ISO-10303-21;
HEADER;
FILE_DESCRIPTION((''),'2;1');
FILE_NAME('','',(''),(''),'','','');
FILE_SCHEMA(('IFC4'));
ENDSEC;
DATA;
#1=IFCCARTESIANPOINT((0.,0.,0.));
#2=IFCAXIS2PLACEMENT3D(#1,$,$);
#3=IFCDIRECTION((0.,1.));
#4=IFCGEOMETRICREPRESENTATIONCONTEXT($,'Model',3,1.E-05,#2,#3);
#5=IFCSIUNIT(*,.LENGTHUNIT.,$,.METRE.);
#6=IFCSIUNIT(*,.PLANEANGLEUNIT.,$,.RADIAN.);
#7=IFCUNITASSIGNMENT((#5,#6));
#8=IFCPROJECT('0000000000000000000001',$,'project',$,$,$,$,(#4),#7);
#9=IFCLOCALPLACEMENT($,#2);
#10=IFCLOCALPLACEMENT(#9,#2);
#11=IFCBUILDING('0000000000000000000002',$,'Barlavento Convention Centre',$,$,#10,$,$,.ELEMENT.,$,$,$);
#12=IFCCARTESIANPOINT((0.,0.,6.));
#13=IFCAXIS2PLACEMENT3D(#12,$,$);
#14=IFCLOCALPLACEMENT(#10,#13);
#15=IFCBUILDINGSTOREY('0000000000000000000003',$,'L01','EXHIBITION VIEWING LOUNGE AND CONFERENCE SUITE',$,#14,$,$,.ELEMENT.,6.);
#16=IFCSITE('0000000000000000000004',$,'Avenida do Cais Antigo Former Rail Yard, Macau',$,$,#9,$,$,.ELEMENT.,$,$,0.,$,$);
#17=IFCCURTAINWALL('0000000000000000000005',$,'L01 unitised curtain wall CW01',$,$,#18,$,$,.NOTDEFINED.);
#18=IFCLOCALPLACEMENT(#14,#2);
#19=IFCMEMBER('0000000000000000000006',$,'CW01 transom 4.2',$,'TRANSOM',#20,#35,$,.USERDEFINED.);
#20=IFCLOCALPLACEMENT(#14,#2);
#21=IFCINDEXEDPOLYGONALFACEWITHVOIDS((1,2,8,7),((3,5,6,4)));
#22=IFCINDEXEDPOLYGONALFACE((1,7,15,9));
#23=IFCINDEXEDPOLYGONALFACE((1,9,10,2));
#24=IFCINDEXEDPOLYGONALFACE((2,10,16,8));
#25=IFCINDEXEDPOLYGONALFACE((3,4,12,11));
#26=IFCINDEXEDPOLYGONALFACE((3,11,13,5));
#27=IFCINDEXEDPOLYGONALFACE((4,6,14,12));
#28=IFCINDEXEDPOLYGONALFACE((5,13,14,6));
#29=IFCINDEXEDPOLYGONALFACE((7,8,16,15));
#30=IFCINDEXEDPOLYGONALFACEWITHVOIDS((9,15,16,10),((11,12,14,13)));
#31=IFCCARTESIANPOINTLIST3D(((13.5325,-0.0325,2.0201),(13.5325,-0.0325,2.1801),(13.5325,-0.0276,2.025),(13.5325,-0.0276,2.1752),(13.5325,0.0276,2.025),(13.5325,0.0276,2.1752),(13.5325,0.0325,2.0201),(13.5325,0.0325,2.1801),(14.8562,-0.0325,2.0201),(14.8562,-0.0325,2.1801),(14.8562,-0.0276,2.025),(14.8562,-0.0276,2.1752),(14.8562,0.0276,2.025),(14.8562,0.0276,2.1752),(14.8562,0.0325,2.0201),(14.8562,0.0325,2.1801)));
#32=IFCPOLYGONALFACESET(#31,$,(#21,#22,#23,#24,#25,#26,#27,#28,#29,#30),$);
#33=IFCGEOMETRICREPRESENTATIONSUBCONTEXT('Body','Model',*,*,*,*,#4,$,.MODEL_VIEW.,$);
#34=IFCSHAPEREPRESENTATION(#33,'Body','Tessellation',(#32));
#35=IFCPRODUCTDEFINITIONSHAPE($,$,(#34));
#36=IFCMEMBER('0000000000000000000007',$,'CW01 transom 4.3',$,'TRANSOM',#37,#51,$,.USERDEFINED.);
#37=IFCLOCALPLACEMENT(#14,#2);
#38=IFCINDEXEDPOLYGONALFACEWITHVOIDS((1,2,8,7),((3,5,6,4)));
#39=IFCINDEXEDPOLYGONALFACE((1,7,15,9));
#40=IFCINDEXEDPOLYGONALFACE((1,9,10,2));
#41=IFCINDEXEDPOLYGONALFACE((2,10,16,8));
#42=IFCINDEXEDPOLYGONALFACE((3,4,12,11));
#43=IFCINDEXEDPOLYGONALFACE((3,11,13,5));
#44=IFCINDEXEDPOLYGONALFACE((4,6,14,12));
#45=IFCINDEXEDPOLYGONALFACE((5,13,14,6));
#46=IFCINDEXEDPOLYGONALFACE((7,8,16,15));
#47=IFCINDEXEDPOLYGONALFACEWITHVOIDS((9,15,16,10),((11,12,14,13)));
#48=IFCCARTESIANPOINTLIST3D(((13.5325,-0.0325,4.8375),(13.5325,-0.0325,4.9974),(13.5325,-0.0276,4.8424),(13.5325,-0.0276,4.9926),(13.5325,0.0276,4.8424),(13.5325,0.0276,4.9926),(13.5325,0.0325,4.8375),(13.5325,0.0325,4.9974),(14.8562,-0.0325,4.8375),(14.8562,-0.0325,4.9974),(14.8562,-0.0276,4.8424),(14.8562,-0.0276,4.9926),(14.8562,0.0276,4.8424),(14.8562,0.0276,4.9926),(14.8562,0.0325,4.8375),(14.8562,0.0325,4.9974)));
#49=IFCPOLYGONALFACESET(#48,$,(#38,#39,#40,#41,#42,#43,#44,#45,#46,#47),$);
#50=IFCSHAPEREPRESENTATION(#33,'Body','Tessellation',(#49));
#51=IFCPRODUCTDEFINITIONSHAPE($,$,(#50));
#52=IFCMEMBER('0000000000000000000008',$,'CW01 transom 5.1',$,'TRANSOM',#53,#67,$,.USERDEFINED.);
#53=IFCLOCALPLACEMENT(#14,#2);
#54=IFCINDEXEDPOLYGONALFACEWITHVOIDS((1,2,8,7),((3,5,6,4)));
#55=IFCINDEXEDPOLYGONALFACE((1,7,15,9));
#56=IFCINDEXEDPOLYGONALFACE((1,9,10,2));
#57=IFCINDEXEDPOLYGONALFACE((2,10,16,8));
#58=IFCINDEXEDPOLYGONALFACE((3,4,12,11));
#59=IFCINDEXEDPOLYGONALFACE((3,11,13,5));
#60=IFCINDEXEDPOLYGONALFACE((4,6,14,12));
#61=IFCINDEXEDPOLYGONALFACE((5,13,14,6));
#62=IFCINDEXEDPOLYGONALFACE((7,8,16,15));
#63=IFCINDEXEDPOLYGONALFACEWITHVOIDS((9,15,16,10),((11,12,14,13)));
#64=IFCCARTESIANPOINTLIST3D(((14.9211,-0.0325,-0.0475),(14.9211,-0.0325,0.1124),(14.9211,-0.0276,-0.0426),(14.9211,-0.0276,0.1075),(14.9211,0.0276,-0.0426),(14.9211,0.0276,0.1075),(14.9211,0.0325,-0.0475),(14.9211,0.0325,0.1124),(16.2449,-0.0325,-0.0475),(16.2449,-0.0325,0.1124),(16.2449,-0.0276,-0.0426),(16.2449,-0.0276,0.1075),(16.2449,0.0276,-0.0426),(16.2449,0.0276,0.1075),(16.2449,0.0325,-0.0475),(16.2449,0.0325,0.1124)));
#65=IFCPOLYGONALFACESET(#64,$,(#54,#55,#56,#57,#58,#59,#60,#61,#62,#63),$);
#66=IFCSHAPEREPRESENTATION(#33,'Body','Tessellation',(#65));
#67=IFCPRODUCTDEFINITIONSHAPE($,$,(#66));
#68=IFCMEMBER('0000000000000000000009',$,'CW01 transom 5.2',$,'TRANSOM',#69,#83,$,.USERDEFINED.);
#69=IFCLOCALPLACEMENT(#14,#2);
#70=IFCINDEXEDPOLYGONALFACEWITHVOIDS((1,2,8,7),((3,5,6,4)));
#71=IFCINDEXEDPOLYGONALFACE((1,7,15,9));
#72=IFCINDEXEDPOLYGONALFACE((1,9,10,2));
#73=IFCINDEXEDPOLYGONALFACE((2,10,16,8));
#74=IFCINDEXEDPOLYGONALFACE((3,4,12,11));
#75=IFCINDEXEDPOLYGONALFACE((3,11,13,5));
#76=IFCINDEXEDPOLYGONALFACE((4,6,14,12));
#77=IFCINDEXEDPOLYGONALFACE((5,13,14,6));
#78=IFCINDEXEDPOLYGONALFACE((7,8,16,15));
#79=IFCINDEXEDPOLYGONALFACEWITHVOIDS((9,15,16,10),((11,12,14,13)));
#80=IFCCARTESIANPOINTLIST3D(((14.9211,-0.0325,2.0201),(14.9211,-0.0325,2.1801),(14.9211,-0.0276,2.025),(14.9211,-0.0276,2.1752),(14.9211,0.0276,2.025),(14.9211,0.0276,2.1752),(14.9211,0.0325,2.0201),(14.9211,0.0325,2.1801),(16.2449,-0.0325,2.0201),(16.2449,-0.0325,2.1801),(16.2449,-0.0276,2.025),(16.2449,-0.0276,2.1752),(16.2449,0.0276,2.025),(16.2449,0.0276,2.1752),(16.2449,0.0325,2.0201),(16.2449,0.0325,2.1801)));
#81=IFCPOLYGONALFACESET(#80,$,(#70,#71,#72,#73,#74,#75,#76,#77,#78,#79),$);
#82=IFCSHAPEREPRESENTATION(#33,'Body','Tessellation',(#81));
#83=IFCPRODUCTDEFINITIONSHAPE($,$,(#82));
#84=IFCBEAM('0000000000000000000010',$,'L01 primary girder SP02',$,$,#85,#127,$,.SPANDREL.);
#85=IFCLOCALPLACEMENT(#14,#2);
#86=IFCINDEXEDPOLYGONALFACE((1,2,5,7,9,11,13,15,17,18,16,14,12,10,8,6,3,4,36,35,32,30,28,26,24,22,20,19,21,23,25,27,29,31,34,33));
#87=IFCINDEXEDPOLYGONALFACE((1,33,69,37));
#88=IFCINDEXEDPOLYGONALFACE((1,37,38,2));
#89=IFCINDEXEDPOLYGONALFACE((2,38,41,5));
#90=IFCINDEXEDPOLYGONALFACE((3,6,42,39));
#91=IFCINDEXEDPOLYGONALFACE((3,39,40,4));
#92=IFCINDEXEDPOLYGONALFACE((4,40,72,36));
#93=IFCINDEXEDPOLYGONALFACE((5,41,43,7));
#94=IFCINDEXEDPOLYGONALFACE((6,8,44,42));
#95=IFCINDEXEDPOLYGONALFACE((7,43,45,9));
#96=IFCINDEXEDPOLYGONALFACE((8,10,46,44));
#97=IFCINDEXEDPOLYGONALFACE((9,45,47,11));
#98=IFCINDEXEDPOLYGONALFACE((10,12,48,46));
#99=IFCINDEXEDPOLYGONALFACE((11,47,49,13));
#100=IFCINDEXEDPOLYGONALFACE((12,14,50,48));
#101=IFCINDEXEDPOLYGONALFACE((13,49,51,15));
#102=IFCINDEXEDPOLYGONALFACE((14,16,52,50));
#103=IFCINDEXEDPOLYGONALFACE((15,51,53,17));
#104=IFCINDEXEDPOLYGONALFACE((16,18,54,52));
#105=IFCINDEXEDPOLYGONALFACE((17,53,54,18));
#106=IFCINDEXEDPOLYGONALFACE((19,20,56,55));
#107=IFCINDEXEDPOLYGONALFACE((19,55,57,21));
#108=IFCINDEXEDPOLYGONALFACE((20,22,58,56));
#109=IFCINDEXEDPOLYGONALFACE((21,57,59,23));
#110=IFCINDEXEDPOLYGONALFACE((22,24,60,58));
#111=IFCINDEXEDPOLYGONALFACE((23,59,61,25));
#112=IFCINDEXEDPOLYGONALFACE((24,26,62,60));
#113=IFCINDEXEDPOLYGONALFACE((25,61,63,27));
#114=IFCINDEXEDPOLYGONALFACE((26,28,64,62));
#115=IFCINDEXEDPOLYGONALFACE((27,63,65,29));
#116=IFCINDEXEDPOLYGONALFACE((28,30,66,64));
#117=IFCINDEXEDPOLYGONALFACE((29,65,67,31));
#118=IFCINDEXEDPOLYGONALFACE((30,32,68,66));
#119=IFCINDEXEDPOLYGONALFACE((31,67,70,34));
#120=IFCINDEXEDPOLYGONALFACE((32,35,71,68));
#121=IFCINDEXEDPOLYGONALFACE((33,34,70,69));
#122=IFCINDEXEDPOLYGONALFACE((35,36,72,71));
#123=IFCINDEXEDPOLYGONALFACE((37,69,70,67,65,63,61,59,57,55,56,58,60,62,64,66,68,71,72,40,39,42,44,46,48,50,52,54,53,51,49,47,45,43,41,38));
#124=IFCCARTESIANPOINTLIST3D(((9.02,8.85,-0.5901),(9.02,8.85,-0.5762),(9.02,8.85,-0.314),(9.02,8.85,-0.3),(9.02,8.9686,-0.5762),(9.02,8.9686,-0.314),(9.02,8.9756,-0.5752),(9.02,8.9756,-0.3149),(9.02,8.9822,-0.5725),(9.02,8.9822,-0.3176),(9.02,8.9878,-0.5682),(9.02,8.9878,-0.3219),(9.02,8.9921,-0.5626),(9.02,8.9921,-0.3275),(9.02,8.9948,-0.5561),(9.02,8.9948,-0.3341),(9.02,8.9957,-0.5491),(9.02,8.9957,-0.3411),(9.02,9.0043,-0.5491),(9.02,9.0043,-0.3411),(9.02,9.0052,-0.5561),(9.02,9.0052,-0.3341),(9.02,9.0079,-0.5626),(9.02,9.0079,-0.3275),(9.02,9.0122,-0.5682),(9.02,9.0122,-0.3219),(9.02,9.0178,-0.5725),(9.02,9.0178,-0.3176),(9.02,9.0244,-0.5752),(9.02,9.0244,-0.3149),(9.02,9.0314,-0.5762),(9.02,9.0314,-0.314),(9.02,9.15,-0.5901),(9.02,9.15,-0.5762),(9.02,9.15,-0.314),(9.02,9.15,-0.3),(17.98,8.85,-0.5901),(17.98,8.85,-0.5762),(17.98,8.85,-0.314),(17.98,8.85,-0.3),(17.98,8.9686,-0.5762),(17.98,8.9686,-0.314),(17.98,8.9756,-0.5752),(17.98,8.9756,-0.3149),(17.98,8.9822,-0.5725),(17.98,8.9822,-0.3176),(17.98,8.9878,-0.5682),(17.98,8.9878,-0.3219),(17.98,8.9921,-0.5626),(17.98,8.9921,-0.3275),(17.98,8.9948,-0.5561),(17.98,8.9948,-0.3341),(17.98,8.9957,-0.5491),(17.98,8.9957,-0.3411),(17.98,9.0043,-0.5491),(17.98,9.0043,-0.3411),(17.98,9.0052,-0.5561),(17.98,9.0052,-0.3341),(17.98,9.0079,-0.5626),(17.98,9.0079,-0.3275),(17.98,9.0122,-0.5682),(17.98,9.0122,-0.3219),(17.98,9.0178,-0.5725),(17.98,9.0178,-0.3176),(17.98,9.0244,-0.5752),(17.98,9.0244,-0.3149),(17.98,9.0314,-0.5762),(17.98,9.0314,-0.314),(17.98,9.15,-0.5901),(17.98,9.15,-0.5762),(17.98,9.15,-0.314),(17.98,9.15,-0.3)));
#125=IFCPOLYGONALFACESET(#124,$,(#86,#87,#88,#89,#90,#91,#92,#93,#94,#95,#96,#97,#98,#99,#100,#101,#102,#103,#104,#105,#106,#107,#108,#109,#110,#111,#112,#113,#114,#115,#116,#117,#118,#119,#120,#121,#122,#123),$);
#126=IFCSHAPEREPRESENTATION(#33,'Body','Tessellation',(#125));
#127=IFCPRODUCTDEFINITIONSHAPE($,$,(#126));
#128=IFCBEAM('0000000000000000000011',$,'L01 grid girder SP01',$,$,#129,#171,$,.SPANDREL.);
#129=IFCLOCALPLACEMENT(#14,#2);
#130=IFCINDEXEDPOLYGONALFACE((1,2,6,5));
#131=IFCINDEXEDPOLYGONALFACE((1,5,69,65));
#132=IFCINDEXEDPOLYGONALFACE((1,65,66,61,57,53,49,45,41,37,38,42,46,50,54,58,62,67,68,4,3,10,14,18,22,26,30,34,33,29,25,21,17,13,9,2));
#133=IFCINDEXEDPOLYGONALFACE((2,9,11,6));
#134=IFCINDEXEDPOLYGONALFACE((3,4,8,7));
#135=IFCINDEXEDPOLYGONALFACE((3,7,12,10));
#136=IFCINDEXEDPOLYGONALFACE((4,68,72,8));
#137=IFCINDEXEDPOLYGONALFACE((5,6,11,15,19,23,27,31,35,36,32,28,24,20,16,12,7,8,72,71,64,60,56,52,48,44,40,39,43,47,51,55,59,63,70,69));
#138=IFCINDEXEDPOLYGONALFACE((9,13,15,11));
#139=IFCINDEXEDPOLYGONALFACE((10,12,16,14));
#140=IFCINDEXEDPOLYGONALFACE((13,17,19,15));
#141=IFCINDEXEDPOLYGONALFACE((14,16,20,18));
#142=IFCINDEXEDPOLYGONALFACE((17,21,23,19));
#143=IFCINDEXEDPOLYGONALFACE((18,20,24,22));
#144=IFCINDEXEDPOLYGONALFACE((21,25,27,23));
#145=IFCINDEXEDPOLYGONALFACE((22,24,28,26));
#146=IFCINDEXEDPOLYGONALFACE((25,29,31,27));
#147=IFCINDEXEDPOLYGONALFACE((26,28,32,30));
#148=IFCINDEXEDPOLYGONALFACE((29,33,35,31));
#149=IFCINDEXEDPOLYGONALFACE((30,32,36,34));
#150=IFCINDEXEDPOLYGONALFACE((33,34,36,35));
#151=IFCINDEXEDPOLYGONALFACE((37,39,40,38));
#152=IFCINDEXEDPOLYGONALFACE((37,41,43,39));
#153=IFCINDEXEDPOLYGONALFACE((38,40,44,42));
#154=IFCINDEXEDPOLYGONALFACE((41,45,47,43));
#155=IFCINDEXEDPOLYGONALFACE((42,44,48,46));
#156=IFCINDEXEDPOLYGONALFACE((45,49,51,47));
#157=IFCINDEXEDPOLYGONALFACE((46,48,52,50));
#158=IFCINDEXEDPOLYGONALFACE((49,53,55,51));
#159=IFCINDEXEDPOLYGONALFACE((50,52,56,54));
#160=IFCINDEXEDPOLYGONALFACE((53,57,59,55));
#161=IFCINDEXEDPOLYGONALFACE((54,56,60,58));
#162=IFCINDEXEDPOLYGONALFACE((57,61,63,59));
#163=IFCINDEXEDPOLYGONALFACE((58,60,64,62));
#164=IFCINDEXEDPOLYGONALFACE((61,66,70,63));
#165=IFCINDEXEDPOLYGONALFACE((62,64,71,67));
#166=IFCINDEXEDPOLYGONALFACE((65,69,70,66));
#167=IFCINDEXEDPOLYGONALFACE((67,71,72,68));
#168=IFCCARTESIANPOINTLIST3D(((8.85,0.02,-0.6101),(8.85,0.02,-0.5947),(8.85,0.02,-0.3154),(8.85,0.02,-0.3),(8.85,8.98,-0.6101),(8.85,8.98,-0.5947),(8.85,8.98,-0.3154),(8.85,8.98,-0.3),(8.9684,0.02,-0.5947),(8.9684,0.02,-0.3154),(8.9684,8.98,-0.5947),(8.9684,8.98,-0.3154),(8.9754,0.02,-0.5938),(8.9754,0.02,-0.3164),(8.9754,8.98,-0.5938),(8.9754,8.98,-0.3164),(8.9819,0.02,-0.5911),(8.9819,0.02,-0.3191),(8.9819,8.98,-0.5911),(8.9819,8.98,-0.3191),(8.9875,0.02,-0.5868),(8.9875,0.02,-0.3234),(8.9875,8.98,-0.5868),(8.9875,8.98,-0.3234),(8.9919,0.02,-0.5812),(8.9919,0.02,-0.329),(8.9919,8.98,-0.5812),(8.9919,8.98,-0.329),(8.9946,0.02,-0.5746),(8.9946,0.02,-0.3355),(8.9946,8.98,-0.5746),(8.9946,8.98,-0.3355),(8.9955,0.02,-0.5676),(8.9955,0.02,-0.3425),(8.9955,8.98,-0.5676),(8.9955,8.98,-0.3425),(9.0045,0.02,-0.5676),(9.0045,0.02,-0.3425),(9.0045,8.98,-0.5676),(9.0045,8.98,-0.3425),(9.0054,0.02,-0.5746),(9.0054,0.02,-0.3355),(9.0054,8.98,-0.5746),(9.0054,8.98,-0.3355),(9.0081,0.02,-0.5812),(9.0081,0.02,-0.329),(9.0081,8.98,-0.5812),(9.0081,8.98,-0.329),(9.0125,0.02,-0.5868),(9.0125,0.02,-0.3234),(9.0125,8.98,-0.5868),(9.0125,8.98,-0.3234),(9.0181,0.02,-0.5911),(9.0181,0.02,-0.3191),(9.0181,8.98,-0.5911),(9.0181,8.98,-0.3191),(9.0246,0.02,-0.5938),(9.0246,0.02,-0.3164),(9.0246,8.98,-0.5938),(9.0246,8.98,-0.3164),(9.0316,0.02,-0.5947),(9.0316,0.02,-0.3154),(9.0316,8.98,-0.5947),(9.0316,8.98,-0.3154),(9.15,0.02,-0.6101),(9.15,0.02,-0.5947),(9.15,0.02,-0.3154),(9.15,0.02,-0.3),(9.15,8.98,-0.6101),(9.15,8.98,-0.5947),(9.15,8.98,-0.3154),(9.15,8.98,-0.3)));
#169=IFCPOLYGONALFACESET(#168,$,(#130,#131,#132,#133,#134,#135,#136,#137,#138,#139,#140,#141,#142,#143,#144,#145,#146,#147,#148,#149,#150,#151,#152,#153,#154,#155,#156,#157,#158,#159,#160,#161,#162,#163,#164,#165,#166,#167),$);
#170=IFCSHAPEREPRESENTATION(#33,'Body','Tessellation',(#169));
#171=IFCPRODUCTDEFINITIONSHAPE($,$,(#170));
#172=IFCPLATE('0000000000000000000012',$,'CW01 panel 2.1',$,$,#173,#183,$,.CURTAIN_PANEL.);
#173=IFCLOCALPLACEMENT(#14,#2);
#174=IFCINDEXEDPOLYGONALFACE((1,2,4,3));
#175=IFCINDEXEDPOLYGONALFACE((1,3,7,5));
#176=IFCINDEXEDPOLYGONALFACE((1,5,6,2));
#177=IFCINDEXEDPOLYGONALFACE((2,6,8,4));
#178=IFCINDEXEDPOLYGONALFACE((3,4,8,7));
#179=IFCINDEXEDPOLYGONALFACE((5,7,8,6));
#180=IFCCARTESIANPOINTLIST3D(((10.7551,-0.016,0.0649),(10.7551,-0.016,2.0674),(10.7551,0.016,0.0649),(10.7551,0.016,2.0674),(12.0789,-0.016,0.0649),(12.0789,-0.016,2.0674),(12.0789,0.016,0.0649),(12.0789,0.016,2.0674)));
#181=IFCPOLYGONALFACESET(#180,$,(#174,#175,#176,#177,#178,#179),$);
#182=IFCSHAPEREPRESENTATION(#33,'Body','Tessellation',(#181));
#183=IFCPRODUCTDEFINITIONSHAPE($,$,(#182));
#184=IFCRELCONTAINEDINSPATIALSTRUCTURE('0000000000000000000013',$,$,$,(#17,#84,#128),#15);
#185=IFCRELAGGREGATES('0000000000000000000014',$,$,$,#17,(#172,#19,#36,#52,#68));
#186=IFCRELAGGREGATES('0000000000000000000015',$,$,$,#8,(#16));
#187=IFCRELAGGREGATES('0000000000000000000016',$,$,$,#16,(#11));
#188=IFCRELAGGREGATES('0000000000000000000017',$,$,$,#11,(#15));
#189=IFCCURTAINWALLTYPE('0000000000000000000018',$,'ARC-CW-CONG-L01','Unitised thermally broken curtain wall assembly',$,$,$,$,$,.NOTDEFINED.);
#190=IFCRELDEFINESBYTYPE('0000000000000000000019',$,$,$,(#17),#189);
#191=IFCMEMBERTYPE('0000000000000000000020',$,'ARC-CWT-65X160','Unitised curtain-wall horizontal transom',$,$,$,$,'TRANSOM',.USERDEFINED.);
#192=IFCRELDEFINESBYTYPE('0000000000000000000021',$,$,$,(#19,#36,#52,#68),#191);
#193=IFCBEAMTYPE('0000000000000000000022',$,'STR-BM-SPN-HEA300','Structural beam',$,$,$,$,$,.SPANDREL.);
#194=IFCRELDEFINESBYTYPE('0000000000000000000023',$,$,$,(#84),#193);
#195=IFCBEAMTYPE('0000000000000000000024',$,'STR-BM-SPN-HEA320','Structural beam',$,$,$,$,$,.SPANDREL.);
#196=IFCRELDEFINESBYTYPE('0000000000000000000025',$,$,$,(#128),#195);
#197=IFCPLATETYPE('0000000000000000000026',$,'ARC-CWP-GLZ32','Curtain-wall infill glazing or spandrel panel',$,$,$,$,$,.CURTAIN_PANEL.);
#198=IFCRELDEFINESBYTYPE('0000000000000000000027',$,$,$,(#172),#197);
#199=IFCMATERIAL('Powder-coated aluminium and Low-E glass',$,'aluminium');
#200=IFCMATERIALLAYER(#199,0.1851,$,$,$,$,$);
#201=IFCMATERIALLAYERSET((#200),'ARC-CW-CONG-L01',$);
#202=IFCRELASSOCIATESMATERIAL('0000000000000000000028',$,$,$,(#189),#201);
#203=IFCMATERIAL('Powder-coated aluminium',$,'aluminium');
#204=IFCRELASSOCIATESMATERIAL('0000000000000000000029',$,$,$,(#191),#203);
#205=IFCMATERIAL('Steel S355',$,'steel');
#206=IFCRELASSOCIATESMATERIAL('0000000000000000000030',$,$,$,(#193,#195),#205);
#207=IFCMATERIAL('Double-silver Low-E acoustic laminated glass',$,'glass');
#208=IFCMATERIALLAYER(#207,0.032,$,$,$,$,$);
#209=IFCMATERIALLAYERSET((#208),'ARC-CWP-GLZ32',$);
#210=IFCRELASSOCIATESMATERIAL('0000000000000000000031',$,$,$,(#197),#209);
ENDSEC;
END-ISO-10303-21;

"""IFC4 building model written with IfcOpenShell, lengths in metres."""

from ifc_helpers import new_model, si_unit, direction, frame, origin, origin_2d, place, context, subcontext, project, spatial, rectangle, hollow_rectangle, i_section, extrude, material, layer, layer_set, material_profile, profile_set, type_object, element, aggregate, save


model = new_model("IFC4")

# Units and contexts
model_context = context("Model", 3, precision=1e-05, world=origin(), true_north=direction((0.0, 1.0)))
body_context = subcontext(model_context, "Body", "Model", "MODEL_VIEW")
ifc_project = project(units=[si_unit("LENGTHUNIT", "METRE"), si_unit("PLANEANGLEUNIT", "RADIAN")], contexts=[model_context])

# Site, building, storey
site_placement = place(None, origin())
site = spatial("IfcSite", under=ifc_project, at=site_placement, Name="Avenida do Cais Antigo Former Rail Yard, Macau", CompositionType="ELEMENT", RefElevation=0.0)
building_placement = place(site_placement, origin())
building = spatial("IfcBuilding", under=site, at=building_placement, Name="Barlavento Convention Centre", CompositionType="ELEMENT")
storey_placement = place(building_placement, frame((0.0, 0.0, 6.0)))
storey = spatial("IfcBuildingStorey", under=building, at=storey_placement, Name="L01", Description="EXHIBITION VIEWING LOUNGE AND CONFERENCE SUITE", CompositionType="ELEMENT", Elevation=6.0)

# Curtain wall, members
ifc_material_1 = material(Name="Powder-coated aluminium and Low-E glass", Category="aluminium")
ifc_layer_1 = layer(ifc_material_1, 0.1851)
ifc_layer_set_1 = layer_set([ifc_layer_1], Name="ARC-CW-CONG-L01")
curtain_wall_type = type_object("IfcCurtainWallType", Name="ARC-CW-CONG-L01", Description="Unitised thermally broken curtain wall assembly", PredefinedType="NOTDEFINED", material=ifc_layer_set_1)
curtain_wall_placement = place(storey_placement, origin())
curtain_wall = element("IfcCurtainWall", 1, at=curtain_wall_placement, inside=storey, type_object=curtain_wall_type, Name="L01 unitised curtain wall CW01", PredefinedType="NOTDEFINED")
ifc_material_2 = material(Name="Powder-coated aluminium", Category="aluminium")
ifc_material_profile_1 = material_profile(ifc_material_2, hollow_rectangle(XDim=0.0649, YDim=0.1599, WallThickness=0.0049, at=origin_2d()), Name="AL-TRAN 65x160x5")
ifc_profile_set_1 = profile_set([ifc_material_profile_1], Name="Powder-coated aluminium")
member_type_1 = type_object("IfcMemberType", Name="ARC-CWT-65X160", Description="Unitised curtain-wall horizontal transom", ElementType="TRANSOM", PredefinedType="USERDEFINED", material=ifc_profile_set_1)
member_1_placement = place(storey_placement, frame((13.5325, 0.0, 2.1001), z_axis=(1.0, 0.0, 0.0), x_axis=(0.0, 1.0, 0.0)))
member_1 = element("IfcMember", 2, at=member_1_placement, type_object=member_type_1, Name="CW01 transom 4.2", ObjectType="TRANSOM", PredefinedType="USERDEFINED", context=body_context, shape_type="SweptSolid", body=[
    extrude(hollow_rectangle(XDim=0.0649, YDim=0.1599, WallThickness=0.0049, at=origin_2d()), origin(), (0.0, 0.0, 1.0), 1.3237),
])
member_2_placement = place(storey_placement, frame((13.5325, 0.0, 4.9175), z_axis=(1.0, 0.0, 0.0), x_axis=(0.0, 1.0, 0.0)))
member_2 = element("IfcMember", 3, at=member_2_placement, type_object=member_type_1, Name="CW01 transom 4.3", ObjectType="TRANSOM", PredefinedType="USERDEFINED", context=body_context, shape_type="SweptSolid", body=[
    extrude(hollow_rectangle(XDim=0.0649, YDim=0.1599, WallThickness=0.0049, at=origin_2d()), origin(), (0.0, 0.0, 1.0), 1.3237),
])
member_3_placement = place(storey_placement, frame((14.9211, 0.0, 0.0325), z_axis=(1.0, 0.0, 0.0), x_axis=(0.0, 1.0, 0.0)))
member_3 = element("IfcMember", 4, at=member_3_placement, type_object=member_type_1, Name="CW01 transom 5.1", ObjectType="TRANSOM", PredefinedType="USERDEFINED", context=body_context, shape_type="SweptSolid", body=[
    extrude(hollow_rectangle(XDim=0.0649, YDim=0.1599, WallThickness=0.0049, at=origin_2d()), origin(), (0.0, 0.0, 1.0), 1.3237),
])
member_4_placement = place(storey_placement, frame((14.9211, 0.0, 2.1001), z_axis=(1.0, 0.0, 0.0), x_axis=(0.0, 1.0, 0.0)))
member_4 = element("IfcMember", 5, at=member_4_placement, type_object=member_type_1, Name="CW01 transom 5.2", ObjectType="TRANSOM", PredefinedType="USERDEFINED", context=body_context, shape_type="SweptSolid", body=[
    extrude(hollow_rectangle(XDim=0.0649, YDim=0.1599, WallThickness=0.0049, at=origin_2d()), origin(), (0.0, 0.0, 1.0), 1.3237),
])

# Beams
ifc_material_3 = material(Name="Steel S355", Category="steel")
ifc_material_profile_2 = material_profile(ifc_material_3, i_section(OverallWidth=0.3, OverallDepth=0.29, WebThickness=0.0085, FlangeThickness=0.0139, FilletRadius=0.0271, at=origin_2d()), Name="HEA 300")
ifc_profile_set_2 = profile_set([ifc_material_profile_2], Name="Steel S355")
beam_type_1 = type_object("IfcBeamType", Name="STR-BM-SPN-HEA300", Description="Structural beam", PredefinedType="SPANDREL", material=ifc_profile_set_2)
beam_1_placement = place(storey_placement, frame((9.02, 9.0, -0.4451), z_axis=(1.0, 0.0, 0.0), x_axis=(0.0, 1.0, 0.0)))
element("IfcBeam", 6, at=beam_1_placement, inside=storey, type_object=beam_type_1, Name="L01 primary girder SP02", PredefinedType="SPANDREL", context=body_context, shape_type="SweptSolid", body=[
    extrude(i_section(OverallWidth=0.3, OverallDepth=0.29, WebThickness=0.0085, FlangeThickness=0.0139, FilletRadius=0.0271, at=origin_2d()), origin(), (0.0, 0.0, 1.0), 8.96),
])
ifc_material_profile_3 = material_profile(ifc_material_3, i_section(OverallWidth=0.3, OverallDepth=0.3101, WebThickness=0.009, FlangeThickness=0.0154, FilletRadius=0.0271, at=origin_2d()), Name="HEA 320")
ifc_profile_set_3 = profile_set([ifc_material_profile_3], Name="Steel S355")
beam_type_2 = type_object("IfcBeamType", Name="STR-BM-SPN-HEA320", Description="Structural beam", PredefinedType="SPANDREL", material=ifc_profile_set_3)
beam_2_placement = place(storey_placement, frame((9.0, 0.02, -0.4551), z_axis=(0.0, 1.0, 0.0), x_axis=(-1.0, 0.0, 0.0)))
element("IfcBeam", 7, at=beam_2_placement, inside=storey, type_object=beam_type_2, Name="L01 grid girder SP01", PredefinedType="SPANDREL", context=body_context, shape_type="SweptSolid", body=[
    extrude(i_section(OverallWidth=0.3, OverallDepth=0.3101, WebThickness=0.009, FlangeThickness=0.0154, FilletRadius=0.0271, at=origin_2d()), origin(), (0.0, 0.0, 1.0), 8.96),
])

# Plate
ifc_material_4 = material(Name="Double-silver Low-E acoustic laminated glass", Category="glass")
ifc_layer_2 = layer(ifc_material_4, 0.032)
ifc_layer_set_2 = layer_set([ifc_layer_2], Name="ARC-CWP-GLZ32")
plate_type_1 = type_object("IfcPlateType", Name="ARC-CWP-GLZ32", Description="Curtain-wall infill glazing or spandrel panel", PredefinedType="CURTAIN_PANEL", material=ifc_layer_set_2)
plate_1_placement = place(storey_placement, frame((11.417, 0.0, 0.0649), z_axis=(0.0, 0.0, 1.0), x_axis=(1.0, 0.0, 0.0)))
plate_1 = element("IfcPlate", 8, at=plate_1_placement, type_object=plate_type_1, Name="CW01 panel 2.1", PredefinedType="CURTAIN_PANEL", context=body_context, shape_type="SweptSolid", body=[
    extrude(rectangle(XDim=1.3237, YDim=0.032, at=origin_2d()), origin(), (0.0, 0.0, 1.0), 2.0024),
])
aggregate(curtain_wall, [plate_1, member_1, member_2, member_3, member_4])

save(model, "model.ifc")
